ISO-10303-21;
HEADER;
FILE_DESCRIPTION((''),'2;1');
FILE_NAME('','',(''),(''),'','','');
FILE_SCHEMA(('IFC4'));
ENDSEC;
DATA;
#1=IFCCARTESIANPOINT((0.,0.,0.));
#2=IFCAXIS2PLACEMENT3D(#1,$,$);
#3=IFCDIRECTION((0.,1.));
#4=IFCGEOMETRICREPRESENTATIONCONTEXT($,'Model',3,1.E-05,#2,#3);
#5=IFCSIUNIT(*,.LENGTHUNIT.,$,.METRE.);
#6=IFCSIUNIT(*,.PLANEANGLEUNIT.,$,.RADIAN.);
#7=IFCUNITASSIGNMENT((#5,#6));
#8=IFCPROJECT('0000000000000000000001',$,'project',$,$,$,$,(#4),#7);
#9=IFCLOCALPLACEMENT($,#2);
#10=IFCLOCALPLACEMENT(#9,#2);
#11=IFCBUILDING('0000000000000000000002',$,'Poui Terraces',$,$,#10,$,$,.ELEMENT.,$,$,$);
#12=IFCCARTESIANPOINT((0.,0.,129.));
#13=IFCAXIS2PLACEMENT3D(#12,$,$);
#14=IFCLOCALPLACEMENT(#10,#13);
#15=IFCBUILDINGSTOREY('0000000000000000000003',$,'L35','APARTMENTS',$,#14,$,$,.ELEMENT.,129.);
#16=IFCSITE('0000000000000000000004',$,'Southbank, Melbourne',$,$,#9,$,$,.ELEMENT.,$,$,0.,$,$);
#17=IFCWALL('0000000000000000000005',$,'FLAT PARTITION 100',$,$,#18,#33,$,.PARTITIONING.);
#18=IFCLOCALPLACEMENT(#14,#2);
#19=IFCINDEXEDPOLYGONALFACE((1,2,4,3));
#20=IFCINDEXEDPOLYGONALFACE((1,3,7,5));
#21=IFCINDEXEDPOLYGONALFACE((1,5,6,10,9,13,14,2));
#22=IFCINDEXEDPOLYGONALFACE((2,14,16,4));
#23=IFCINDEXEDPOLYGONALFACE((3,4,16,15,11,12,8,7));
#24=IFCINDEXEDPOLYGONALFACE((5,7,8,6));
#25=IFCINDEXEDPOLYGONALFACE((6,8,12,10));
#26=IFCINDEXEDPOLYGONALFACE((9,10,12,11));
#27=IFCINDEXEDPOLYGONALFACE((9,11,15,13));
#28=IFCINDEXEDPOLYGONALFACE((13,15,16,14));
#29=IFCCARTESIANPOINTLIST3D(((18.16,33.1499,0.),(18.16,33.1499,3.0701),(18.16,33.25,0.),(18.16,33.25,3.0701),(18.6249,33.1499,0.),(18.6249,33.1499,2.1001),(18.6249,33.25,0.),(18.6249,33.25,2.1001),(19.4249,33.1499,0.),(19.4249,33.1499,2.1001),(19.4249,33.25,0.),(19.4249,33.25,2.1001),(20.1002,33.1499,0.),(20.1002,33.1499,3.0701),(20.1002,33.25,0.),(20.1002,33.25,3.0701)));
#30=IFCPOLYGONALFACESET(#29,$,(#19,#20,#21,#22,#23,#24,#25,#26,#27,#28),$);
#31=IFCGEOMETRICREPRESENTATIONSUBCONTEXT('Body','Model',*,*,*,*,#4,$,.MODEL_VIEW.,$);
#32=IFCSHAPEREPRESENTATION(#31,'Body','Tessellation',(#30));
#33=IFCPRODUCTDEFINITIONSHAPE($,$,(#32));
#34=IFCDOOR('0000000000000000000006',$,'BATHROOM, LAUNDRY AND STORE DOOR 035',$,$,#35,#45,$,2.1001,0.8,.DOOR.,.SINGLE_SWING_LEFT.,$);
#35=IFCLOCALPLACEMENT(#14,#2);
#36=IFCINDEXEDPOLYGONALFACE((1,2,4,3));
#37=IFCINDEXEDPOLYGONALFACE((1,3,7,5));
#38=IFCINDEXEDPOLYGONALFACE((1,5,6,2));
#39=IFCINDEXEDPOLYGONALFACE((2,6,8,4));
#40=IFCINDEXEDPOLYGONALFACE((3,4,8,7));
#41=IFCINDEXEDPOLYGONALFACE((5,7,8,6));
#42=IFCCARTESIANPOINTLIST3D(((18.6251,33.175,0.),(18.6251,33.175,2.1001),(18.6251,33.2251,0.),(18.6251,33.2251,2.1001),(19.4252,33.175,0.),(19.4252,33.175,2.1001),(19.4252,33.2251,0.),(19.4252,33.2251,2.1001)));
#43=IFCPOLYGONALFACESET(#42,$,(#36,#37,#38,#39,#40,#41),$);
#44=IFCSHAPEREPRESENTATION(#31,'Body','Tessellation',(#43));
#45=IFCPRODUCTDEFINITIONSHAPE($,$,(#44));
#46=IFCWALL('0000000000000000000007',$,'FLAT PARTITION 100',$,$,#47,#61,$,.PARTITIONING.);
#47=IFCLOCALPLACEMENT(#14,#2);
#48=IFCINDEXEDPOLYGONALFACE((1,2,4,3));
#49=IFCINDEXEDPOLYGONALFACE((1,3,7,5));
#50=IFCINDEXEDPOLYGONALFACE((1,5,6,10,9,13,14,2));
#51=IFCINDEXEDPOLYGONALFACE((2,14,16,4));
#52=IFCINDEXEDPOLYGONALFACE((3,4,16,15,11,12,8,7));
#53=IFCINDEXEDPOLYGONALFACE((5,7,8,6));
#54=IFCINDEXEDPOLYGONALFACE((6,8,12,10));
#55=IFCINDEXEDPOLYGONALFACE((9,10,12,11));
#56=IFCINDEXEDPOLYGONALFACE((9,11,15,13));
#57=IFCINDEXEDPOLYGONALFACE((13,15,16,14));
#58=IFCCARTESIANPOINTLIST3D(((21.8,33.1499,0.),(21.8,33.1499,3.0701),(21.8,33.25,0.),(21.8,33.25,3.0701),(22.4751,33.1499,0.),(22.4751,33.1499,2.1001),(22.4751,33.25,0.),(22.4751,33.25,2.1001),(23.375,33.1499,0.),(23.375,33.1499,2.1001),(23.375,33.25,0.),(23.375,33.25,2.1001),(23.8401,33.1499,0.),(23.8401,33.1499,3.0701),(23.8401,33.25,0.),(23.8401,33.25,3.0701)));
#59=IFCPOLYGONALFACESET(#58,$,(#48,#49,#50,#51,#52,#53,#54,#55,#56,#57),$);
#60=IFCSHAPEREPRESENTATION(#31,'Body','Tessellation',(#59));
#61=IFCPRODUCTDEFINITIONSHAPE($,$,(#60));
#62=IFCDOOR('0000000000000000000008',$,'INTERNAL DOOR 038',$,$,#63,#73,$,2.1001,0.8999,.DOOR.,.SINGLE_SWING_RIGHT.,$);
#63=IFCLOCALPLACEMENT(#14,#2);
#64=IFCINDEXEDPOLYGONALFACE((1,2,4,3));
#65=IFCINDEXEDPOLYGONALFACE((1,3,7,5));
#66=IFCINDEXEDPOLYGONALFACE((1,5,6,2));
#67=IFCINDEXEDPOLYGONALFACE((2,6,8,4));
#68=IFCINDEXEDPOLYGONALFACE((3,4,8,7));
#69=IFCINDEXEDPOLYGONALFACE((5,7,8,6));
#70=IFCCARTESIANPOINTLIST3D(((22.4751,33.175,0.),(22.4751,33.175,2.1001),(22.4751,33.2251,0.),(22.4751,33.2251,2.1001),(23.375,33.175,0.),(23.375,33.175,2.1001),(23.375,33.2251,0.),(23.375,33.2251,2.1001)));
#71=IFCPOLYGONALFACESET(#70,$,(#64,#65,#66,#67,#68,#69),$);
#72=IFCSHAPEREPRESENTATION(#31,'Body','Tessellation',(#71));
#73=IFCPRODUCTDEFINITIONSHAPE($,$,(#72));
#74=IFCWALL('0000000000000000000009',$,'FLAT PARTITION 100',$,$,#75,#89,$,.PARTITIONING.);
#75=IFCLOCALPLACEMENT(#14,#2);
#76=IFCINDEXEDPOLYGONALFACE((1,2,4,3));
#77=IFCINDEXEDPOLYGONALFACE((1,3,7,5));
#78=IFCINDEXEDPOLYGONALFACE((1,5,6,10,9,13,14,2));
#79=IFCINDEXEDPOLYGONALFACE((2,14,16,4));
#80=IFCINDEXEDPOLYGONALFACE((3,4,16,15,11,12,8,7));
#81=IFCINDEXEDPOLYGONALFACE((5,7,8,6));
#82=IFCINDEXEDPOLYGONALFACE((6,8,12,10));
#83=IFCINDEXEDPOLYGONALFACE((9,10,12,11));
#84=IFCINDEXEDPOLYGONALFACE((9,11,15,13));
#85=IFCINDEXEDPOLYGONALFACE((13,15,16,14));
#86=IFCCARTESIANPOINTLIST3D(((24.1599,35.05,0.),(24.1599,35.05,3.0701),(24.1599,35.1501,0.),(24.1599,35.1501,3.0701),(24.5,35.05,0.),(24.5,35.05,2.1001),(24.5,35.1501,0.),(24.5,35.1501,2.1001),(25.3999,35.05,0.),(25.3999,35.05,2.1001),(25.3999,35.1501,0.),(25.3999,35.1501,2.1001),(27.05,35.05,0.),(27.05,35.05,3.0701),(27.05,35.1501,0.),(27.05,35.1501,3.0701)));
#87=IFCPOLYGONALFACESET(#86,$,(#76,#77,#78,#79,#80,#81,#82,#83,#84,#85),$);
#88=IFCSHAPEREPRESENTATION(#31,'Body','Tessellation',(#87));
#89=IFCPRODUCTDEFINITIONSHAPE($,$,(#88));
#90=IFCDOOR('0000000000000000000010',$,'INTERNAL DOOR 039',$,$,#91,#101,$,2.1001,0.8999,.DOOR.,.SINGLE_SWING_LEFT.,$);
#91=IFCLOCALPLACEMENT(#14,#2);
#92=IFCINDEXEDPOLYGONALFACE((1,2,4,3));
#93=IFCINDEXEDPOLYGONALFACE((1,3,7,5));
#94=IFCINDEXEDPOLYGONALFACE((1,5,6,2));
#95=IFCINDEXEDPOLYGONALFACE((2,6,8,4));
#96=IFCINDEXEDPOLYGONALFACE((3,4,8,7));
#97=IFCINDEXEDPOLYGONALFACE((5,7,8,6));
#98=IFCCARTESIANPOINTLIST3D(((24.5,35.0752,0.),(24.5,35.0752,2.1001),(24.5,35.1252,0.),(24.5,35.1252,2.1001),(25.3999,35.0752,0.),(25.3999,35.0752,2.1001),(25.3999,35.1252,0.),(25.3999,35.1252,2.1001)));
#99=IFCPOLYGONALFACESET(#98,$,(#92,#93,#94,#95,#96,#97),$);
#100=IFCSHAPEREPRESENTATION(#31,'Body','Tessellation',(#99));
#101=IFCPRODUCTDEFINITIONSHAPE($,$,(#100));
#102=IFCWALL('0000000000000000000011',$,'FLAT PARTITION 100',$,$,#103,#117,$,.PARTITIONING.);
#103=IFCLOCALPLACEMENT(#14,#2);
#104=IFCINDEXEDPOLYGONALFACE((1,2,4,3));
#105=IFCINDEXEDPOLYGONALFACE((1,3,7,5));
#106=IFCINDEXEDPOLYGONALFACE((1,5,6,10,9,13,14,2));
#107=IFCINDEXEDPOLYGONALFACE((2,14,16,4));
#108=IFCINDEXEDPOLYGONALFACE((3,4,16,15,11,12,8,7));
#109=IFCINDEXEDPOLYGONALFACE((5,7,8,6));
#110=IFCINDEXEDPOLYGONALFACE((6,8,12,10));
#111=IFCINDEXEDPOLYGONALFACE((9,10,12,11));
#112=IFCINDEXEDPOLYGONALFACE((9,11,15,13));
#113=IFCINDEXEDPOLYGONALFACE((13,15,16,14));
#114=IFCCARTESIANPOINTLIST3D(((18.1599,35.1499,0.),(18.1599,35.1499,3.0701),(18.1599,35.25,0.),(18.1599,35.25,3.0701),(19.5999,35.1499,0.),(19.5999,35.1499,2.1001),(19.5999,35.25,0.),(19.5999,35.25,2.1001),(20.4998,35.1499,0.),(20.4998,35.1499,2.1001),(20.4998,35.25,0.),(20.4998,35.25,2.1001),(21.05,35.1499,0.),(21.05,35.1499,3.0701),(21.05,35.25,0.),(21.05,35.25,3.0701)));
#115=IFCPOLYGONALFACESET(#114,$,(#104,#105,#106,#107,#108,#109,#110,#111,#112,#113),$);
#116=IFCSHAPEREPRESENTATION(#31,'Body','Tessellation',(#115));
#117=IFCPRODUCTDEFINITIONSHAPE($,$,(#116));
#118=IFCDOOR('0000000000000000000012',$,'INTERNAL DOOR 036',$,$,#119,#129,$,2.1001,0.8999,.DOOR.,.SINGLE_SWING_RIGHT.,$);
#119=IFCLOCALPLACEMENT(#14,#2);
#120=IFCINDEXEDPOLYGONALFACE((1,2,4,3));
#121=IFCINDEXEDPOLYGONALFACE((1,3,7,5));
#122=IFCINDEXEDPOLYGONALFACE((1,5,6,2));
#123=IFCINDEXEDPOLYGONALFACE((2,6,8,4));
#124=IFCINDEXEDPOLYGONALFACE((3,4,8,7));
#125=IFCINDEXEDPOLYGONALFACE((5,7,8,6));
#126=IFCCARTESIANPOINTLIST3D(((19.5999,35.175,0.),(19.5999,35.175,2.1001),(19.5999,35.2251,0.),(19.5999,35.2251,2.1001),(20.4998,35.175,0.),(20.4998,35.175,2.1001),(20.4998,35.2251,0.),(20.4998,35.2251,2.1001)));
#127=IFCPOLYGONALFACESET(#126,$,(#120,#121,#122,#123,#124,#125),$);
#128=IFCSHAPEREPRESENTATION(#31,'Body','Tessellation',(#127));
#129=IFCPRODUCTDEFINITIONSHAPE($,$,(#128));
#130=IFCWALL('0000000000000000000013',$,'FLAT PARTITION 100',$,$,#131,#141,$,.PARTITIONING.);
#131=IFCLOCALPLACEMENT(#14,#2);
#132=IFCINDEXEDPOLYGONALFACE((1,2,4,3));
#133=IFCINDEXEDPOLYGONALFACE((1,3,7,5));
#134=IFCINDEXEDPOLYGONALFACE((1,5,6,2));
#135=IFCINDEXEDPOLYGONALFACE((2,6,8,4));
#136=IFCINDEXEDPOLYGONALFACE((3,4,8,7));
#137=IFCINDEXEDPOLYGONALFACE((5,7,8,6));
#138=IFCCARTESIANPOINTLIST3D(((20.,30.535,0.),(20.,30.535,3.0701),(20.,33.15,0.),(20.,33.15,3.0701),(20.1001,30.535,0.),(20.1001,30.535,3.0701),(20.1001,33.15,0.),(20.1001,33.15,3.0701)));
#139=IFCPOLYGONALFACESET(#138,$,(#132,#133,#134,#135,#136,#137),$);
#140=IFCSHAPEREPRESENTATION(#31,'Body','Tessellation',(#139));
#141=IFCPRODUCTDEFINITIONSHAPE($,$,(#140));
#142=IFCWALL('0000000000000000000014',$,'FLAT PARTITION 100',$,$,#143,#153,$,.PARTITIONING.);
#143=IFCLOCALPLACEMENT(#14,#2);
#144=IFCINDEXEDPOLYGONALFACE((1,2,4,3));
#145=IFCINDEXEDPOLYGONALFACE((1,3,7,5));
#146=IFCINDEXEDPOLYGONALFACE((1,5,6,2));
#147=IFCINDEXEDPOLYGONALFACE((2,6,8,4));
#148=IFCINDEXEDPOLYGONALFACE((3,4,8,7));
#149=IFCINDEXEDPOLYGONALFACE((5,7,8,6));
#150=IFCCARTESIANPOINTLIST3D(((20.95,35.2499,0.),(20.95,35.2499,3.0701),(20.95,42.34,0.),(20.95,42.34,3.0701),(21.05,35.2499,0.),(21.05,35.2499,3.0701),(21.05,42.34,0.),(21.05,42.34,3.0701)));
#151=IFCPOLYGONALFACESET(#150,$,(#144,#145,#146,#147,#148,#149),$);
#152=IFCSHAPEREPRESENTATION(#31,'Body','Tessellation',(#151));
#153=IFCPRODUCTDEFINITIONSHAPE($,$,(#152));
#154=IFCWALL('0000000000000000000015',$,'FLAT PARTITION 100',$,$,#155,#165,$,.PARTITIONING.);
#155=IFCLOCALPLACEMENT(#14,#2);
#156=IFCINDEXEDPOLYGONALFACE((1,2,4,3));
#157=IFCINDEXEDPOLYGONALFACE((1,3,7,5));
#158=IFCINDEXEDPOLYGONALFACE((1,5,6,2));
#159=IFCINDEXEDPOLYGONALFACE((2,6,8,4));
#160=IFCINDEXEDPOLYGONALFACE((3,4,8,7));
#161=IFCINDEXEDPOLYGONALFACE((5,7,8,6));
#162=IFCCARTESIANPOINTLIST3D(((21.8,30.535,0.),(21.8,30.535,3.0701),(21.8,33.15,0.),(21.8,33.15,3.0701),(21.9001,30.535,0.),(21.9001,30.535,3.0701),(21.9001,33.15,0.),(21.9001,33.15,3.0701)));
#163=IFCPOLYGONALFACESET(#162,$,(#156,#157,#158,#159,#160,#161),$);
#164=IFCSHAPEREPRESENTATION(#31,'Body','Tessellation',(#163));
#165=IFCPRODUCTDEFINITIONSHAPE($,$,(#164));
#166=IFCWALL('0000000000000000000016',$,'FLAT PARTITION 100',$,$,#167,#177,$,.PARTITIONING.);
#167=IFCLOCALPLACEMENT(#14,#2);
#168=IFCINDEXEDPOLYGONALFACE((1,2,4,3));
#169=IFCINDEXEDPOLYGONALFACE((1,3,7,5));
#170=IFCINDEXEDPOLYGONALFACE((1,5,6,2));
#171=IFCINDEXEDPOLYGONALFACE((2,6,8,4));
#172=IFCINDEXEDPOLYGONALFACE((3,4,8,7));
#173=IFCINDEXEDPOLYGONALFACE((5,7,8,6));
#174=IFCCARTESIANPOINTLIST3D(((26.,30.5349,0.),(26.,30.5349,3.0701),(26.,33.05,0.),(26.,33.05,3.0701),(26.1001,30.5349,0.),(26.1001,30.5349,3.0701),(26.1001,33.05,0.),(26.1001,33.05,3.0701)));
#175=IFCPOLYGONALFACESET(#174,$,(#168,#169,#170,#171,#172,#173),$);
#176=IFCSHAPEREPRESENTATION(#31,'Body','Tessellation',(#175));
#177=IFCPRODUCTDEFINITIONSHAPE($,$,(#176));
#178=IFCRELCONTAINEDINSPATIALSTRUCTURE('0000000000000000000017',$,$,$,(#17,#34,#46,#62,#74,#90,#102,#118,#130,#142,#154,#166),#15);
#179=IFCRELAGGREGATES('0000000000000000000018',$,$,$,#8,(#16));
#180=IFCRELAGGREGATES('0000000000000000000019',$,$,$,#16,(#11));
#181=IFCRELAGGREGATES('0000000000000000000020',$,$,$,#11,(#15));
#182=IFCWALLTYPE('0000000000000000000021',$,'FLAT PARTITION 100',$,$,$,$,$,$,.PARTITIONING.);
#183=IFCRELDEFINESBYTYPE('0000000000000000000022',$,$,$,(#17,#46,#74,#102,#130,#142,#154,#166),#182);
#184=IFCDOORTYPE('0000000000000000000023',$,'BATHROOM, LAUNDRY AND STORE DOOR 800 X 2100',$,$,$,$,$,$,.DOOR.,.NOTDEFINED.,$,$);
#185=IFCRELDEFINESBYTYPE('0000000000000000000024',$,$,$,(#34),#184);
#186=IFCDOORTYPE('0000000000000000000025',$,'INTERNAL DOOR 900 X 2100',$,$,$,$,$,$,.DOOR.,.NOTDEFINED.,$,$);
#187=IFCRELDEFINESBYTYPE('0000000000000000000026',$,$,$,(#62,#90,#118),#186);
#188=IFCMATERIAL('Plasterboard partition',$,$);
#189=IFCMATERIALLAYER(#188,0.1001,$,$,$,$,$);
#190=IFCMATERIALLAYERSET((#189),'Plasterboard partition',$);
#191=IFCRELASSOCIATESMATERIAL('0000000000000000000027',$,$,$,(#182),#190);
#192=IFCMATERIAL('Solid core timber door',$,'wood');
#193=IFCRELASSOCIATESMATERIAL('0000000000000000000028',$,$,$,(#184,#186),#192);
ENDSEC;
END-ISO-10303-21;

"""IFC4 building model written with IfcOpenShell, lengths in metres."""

from ifc_helpers import new_model, si_unit, direction, frame, frame_2d, origin, place, context, subcontext, project, spatial, rectangle, extrude, material, layer, layer_set, type_object, element, fill, save


model = new_model("IFC4")

# Units and contexts
model_context = context("Model", 3, precision=1e-05, world=origin(), true_north=direction((0.0, 1.0)))
body_context = subcontext(model_context, "Body", "Model", "MODEL_VIEW")
ifc_project = project(units=[si_unit("LENGTHUNIT", "METRE"), si_unit("PLANEANGLEUNIT", "RADIAN")], contexts=[model_context])

# Site, building, storey
site_placement = place(None, origin())
site = spatial("IfcSite", under=ifc_project, at=site_placement, Name="Southbank, Melbourne", CompositionType="ELEMENT", RefElevation=0.0)
building_placement = place(site_placement, origin())
building = spatial("IfcBuilding", under=site, at=building_placement, Name="Poui Terraces", CompositionType="ELEMENT")
storey_placement = place(building_placement, frame((0.0, 0.0, 129.0)))
storey = spatial("IfcBuildingStorey", under=building, at=storey_placement, Name="L35", Description="APARTMENTS", CompositionType="ELEMENT", Elevation=129.0)

# Walls, openings, doors
ifc_material_1 = material(Name="Plasterboard partition")
ifc_layer_1 = layer(ifc_material_1, 0.1001)
ifc_layer_set_1 = layer_set([ifc_layer_1], Name="Plasterboard partition")
wall_type_1 = type_object("IfcWallType", Name="FLAT PARTITION 100", PredefinedType="PARTITIONING", material=ifc_layer_set_1)
ifc_material_2 = material(Name="Solid core timber door", Category="wood")
door_type_1 = type_object("IfcDoorType", Name="BATHROOM, LAUNDRY AND STORE DOOR 800 X 2100", OperationType="NOTDEFINED", PredefinedType="DOOR", material=ifc_material_2)
wall_1_placement = place(storey_placement, frame((18.1599, 33.2, 0.0), z_axis=(0.0, 0.0, 1.0), x_axis=(1.0, 0.0, 0.0)))
wall_1 = element("IfcWall", 1, at=wall_1_placement, inside=storey, type_object=wall_type_1, Name="FLAT PARTITION 100", PredefinedType="PARTITIONING", context=body_context, shape_type="SweptSolid", body=[
    extrude(rectangle(XDim=1.9402, YDim=0.1001, at=frame_2d((0.9702, 0.0))), origin(), (0.0, 0.0, 1.0), 3.0701),
])
opening_1_placement = place(wall_1_placement, frame((0.4651, 0.0, 0.0)))
opening_1 = element("IfcOpeningElement", 2, at=opening_1_placement, cuts=wall_1, PredefinedType="OPENING", context=body_context, shape_type="SweptSolid", body=[
    extrude(rectangle(XDim=0.8, YDim=2.1001, at=frame_2d((0.3999, 1.05))), frame((0.0, 0.0601, 0.0), z_axis=(0.0, -1.0, 0.0), x_axis=(1.0, 0.0, 0.0)), (0.0, 0.0, 1.0), 0.1201),
])
door_1_placement = place(opening_1_placement, frame((0.8, 0.0, 0.0), z_axis=(0.0, 0.0, 1.0), x_axis=(-1.0, 0.0, 0.0)))
door_1 = element("IfcDoor", 3, at=door_1_placement, inside=storey, type_object=door_type_1, Name="BATHROOM, LAUNDRY AND STORE DOOR 035", OperationType="SINGLE_SWING_LEFT", OverallHeight=2.1001, OverallWidth=0.8, PredefinedType="DOOR", context=body_context, shape_type="SweptSolid", body=[
    extrude(rectangle(XDim=0.8, YDim=2.1001, at=frame_2d((0.3999, 1.05))), frame((0.0, 0.0249, 0.0), z_axis=(0.0, -1.0, 0.0), x_axis=(1.0, 0.0, 0.0)), (0.0, 0.0, 1.0), 0.05),
])
fill(opening_1, door_1)
wall_2_placement = place(storey_placement, frame((21.8, 33.2, 0.0), z_axis=(0.0, 0.0, 1.0), x_axis=(1.0, 0.0, 0.0)))
wall_2 = element("IfcWall", 4, at=wall_2_placement, inside=storey, type_object=wall_type_1, Name="FLAT PARTITION 100", PredefinedType="PARTITIONING", context=body_context, shape_type="SweptSolid", body=[
    extrude(rectangle(XDim=2.04, YDim=0.1001, at=frame_2d((1.02, 0.0))), origin(), (0.0, 0.0, 1.0), 3.0701),
])
opening_2_placement = place(wall_2_placement, frame((0.675, 0.0, 0.0)))
opening_2 = element("IfcOpeningElement", 5, at=opening_2_placement, cuts=wall_2, PredefinedType="OPENING", context=body_context, shape_type="SweptSolid", body=[
    extrude(rectangle(XDim=0.8999, YDim=2.1001, at=frame_2d((0.45, 1.05))), frame((0.0, 0.0601, 0.0), z_axis=(0.0, -1.0, 0.0), x_axis=(1.0, 0.0, 0.0)), (0.0, 0.0, 1.0), 0.1201),
])
door_type_2 = type_object("IfcDoorType", Name="INTERNAL DOOR 900 X 2100", OperationType="NOTDEFINED", PredefinedType="DOOR", material=ifc_material_2)
door_2_placement = place(opening_2_placement, frame((0.8999, 0.0, 0.0), z_axis=(0.0, 0.0, 1.0), x_axis=(-1.0, 0.0, 0.0)))
door_2 = element("IfcDoor", 6, at=door_2_placement, inside=storey, type_object=door_type_2, Name="INTERNAL DOOR 038", OperationType="SINGLE_SWING_RIGHT", OverallHeight=2.1001, OverallWidth=0.8999, PredefinedType="DOOR", context=body_context, shape_type="SweptSolid", body=[
    extrude(rectangle(XDim=0.8999, YDim=2.1001, at=frame_2d((0.45, 1.05))), frame((0.0, 0.0249, 0.0), z_axis=(0.0, -1.0, 0.0), x_axis=(1.0, 0.0, 0.0)), (0.0, 0.0, 1.0), 0.05),
])
fill(opening_2, door_2)
wall_3_placement = place(storey_placement, frame((24.1599, 35.1001, 0.0), z_axis=(0.0, 0.0, 1.0), x_axis=(1.0, 0.0, 0.0)))
wall_3 = element("IfcWall", 7, at=wall_3_placement, inside=storey, type_object=wall_type_1, Name="FLAT PARTITION 100", PredefinedType="PARTITIONING", context=body_context, shape_type="SweptSolid", body=[
    extrude(rectangle(XDim=2.8901, YDim=0.1001, at=frame_2d((1.4451, 0.0))), origin(), (0.0, 0.0, 1.0), 3.0701),
])
opening_3_placement = place(wall_3_placement, frame((0.3401, 0.0, 0.0)))
opening_3 = element("IfcOpeningElement", 8, at=opening_3_placement, cuts=wall_3, PredefinedType="OPENING", context=body_context, shape_type="SweptSolid", body=[
    extrude(rectangle(XDim=0.8999, YDim=2.1001, at=frame_2d((0.45, 1.05))), frame((0.0, 0.0601, 0.0), z_axis=(0.0, -1.0, 0.0), x_axis=(1.0, 0.0, 0.0)), (0.0, 0.0, 1.0), 0.1201),
])
door_3_placement = place(opening_3_placement, frame((0.8999, 0.0, 0.0), z_axis=(0.0, 0.0, 1.0), x_axis=(-1.0, 0.0, 0.0)))
door_3 = element("IfcDoor", 9, at=door_3_placement, inside=storey, type_object=door_type_2, Name="INTERNAL DOOR 039", OperationType="SINGLE_SWING_LEFT", OverallHeight=2.1001, OverallWidth=0.8999, PredefinedType="DOOR", context=body_context, shape_type="SweptSolid", body=[
    extrude(rectangle(XDim=0.8999, YDim=2.1001, at=frame_2d((0.45, 1.05))), frame((0.0, 0.0249, 0.0), z_axis=(0.0, -1.0, 0.0), x_axis=(1.0, 0.0, 0.0)), (0.0, 0.0, 1.0), 0.05),
])
fill(opening_3, door_3)
wall_4_placement = place(storey_placement, frame((18.1599, 35.2, 0.0), z_axis=(0.0, 0.0, 1.0), x_axis=(1.0, 0.0, 0.0)))
wall_4 = element("IfcWall", 10, at=wall_4_placement, inside=storey, type_object=wall_type_1, Name="FLAT PARTITION 100", PredefinedType="PARTITIONING", context=body_context, shape_type="SweptSolid", body=[
    extrude(rectangle(XDim=2.8901, YDim=0.1001, at=frame_2d((1.4451, 0.0))), origin(), (0.0, 0.0, 1.0), 3.0701),
])
opening_4_placement = place(wall_4_placement, frame((1.4399, 0.0, 0.0)))
opening_4 = element("IfcOpeningElement", 11, at=opening_4_placement, cuts=wall_4, PredefinedType="OPENING", context=body_context, shape_type="SweptSolid", body=[
    extrude(rectangle(XDim=0.8999, YDim=2.1001, at=frame_2d((0.45, 1.05))), frame((0.0, 0.0601, 0.0), z_axis=(0.0, -1.0, 0.0), x_axis=(1.0, 0.0, 0.0)), (0.0, 0.0, 1.0), 0.1201),
])
door_4_placement = place(opening_4_placement, frame((0.8999, 0.0, 0.0), z_axis=(0.0, 0.0, 1.0), x_axis=(-1.0, 0.0, 0.0)))
door_4 = element("IfcDoor", 12, at=door_4_placement, inside=storey, type_object=door_type_2, Name="INTERNAL DOOR 036", OperationType="SINGLE_SWING_RIGHT", OverallHeight=2.1001, OverallWidth=0.8999, PredefinedType="DOOR", context=body_context, shape_type="SweptSolid", body=[
    extrude(rectangle(XDim=0.8999, YDim=2.1001, at=frame_2d((0.45, 1.05))), frame((0.0, 0.0249, 0.0), z_axis=(0.0, -1.0, 0.0), x_axis=(1.0, 0.0, 0.0)), (0.0, 0.0, 1.0), 0.05),
])
fill(opening_4, door_4)

# Walls
wall_5_placement = place(storey_placement, frame((20.05, 30.5349, 0.0), z_axis=(0.0, 0.0, 1.0), x_axis=(0.0, 1.0, 0.0)))
element("IfcWall", 13, at=wall_5_placement, inside=storey, type_object=wall_type_1, Name="FLAT PARTITION 100", PredefinedType="PARTITIONING", context=body_context, shape_type="SweptSolid", body=[
    extrude(rectangle(XDim=2.615, YDim=0.1001, at=frame_2d((1.3076, 0.0))), origin(), (0.0, 0.0, 1.0), 3.0701),
])
wall_6_placement = place(storey_placement, frame((21.0, 35.25, 0.0), z_axis=(0.0, 0.0, 1.0), x_axis=(0.0, 1.0, 0.0)))
element("IfcWall", 14, at=wall_6_placement, inside=storey, type_object=wall_type_1, Name="FLAT PARTITION 100", PredefinedType="PARTITIONING", context=body_context, shape_type="SweptSolid", body=[
    extrude(rectangle(XDim=7.0901, YDim=0.1001, at=frame_2d((3.5449, 0.0))), origin(), (0.0, 0.0, 1.0), 3.0701),
])
wall_7_placement = place(storey_placement, frame((21.8501, 30.5349, 0.0), z_axis=(0.0, 0.0, 1.0), x_axis=(0.0, 1.0, 0.0)))
element("IfcWall", 15, at=wall_7_placement, inside=storey, type_object=wall_type_1, Name="FLAT PARTITION 100", PredefinedType="PARTITIONING", context=body_context, shape_type="SweptSolid", body=[
    extrude(rectangle(XDim=2.615, YDim=0.1001, at=frame_2d((1.3076, 0.0))), origin(), (0.0, 0.0, 1.0), 3.0701),
])
wall_8_placement = place(storey_placement, frame((26.05, 30.5349, 0.0), z_axis=(0.0, 0.0, 1.0), x_axis=(0.0, 1.0, 0.0)))
element("IfcWall", 16, at=wall_8_placement, inside=storey, type_object=wall_type_1, Name="FLAT PARTITION 100", PredefinedType="PARTITIONING", context=body_context, shape_type="SweptSolid", body=[
    extrude(rectangle(XDim=2.5151, YDim=0.1001, at=frame_2d((1.2576, 0.0))), origin(), (0.0, 0.0, 1.0), 3.0701),
])

save(model, "model.ifc")
